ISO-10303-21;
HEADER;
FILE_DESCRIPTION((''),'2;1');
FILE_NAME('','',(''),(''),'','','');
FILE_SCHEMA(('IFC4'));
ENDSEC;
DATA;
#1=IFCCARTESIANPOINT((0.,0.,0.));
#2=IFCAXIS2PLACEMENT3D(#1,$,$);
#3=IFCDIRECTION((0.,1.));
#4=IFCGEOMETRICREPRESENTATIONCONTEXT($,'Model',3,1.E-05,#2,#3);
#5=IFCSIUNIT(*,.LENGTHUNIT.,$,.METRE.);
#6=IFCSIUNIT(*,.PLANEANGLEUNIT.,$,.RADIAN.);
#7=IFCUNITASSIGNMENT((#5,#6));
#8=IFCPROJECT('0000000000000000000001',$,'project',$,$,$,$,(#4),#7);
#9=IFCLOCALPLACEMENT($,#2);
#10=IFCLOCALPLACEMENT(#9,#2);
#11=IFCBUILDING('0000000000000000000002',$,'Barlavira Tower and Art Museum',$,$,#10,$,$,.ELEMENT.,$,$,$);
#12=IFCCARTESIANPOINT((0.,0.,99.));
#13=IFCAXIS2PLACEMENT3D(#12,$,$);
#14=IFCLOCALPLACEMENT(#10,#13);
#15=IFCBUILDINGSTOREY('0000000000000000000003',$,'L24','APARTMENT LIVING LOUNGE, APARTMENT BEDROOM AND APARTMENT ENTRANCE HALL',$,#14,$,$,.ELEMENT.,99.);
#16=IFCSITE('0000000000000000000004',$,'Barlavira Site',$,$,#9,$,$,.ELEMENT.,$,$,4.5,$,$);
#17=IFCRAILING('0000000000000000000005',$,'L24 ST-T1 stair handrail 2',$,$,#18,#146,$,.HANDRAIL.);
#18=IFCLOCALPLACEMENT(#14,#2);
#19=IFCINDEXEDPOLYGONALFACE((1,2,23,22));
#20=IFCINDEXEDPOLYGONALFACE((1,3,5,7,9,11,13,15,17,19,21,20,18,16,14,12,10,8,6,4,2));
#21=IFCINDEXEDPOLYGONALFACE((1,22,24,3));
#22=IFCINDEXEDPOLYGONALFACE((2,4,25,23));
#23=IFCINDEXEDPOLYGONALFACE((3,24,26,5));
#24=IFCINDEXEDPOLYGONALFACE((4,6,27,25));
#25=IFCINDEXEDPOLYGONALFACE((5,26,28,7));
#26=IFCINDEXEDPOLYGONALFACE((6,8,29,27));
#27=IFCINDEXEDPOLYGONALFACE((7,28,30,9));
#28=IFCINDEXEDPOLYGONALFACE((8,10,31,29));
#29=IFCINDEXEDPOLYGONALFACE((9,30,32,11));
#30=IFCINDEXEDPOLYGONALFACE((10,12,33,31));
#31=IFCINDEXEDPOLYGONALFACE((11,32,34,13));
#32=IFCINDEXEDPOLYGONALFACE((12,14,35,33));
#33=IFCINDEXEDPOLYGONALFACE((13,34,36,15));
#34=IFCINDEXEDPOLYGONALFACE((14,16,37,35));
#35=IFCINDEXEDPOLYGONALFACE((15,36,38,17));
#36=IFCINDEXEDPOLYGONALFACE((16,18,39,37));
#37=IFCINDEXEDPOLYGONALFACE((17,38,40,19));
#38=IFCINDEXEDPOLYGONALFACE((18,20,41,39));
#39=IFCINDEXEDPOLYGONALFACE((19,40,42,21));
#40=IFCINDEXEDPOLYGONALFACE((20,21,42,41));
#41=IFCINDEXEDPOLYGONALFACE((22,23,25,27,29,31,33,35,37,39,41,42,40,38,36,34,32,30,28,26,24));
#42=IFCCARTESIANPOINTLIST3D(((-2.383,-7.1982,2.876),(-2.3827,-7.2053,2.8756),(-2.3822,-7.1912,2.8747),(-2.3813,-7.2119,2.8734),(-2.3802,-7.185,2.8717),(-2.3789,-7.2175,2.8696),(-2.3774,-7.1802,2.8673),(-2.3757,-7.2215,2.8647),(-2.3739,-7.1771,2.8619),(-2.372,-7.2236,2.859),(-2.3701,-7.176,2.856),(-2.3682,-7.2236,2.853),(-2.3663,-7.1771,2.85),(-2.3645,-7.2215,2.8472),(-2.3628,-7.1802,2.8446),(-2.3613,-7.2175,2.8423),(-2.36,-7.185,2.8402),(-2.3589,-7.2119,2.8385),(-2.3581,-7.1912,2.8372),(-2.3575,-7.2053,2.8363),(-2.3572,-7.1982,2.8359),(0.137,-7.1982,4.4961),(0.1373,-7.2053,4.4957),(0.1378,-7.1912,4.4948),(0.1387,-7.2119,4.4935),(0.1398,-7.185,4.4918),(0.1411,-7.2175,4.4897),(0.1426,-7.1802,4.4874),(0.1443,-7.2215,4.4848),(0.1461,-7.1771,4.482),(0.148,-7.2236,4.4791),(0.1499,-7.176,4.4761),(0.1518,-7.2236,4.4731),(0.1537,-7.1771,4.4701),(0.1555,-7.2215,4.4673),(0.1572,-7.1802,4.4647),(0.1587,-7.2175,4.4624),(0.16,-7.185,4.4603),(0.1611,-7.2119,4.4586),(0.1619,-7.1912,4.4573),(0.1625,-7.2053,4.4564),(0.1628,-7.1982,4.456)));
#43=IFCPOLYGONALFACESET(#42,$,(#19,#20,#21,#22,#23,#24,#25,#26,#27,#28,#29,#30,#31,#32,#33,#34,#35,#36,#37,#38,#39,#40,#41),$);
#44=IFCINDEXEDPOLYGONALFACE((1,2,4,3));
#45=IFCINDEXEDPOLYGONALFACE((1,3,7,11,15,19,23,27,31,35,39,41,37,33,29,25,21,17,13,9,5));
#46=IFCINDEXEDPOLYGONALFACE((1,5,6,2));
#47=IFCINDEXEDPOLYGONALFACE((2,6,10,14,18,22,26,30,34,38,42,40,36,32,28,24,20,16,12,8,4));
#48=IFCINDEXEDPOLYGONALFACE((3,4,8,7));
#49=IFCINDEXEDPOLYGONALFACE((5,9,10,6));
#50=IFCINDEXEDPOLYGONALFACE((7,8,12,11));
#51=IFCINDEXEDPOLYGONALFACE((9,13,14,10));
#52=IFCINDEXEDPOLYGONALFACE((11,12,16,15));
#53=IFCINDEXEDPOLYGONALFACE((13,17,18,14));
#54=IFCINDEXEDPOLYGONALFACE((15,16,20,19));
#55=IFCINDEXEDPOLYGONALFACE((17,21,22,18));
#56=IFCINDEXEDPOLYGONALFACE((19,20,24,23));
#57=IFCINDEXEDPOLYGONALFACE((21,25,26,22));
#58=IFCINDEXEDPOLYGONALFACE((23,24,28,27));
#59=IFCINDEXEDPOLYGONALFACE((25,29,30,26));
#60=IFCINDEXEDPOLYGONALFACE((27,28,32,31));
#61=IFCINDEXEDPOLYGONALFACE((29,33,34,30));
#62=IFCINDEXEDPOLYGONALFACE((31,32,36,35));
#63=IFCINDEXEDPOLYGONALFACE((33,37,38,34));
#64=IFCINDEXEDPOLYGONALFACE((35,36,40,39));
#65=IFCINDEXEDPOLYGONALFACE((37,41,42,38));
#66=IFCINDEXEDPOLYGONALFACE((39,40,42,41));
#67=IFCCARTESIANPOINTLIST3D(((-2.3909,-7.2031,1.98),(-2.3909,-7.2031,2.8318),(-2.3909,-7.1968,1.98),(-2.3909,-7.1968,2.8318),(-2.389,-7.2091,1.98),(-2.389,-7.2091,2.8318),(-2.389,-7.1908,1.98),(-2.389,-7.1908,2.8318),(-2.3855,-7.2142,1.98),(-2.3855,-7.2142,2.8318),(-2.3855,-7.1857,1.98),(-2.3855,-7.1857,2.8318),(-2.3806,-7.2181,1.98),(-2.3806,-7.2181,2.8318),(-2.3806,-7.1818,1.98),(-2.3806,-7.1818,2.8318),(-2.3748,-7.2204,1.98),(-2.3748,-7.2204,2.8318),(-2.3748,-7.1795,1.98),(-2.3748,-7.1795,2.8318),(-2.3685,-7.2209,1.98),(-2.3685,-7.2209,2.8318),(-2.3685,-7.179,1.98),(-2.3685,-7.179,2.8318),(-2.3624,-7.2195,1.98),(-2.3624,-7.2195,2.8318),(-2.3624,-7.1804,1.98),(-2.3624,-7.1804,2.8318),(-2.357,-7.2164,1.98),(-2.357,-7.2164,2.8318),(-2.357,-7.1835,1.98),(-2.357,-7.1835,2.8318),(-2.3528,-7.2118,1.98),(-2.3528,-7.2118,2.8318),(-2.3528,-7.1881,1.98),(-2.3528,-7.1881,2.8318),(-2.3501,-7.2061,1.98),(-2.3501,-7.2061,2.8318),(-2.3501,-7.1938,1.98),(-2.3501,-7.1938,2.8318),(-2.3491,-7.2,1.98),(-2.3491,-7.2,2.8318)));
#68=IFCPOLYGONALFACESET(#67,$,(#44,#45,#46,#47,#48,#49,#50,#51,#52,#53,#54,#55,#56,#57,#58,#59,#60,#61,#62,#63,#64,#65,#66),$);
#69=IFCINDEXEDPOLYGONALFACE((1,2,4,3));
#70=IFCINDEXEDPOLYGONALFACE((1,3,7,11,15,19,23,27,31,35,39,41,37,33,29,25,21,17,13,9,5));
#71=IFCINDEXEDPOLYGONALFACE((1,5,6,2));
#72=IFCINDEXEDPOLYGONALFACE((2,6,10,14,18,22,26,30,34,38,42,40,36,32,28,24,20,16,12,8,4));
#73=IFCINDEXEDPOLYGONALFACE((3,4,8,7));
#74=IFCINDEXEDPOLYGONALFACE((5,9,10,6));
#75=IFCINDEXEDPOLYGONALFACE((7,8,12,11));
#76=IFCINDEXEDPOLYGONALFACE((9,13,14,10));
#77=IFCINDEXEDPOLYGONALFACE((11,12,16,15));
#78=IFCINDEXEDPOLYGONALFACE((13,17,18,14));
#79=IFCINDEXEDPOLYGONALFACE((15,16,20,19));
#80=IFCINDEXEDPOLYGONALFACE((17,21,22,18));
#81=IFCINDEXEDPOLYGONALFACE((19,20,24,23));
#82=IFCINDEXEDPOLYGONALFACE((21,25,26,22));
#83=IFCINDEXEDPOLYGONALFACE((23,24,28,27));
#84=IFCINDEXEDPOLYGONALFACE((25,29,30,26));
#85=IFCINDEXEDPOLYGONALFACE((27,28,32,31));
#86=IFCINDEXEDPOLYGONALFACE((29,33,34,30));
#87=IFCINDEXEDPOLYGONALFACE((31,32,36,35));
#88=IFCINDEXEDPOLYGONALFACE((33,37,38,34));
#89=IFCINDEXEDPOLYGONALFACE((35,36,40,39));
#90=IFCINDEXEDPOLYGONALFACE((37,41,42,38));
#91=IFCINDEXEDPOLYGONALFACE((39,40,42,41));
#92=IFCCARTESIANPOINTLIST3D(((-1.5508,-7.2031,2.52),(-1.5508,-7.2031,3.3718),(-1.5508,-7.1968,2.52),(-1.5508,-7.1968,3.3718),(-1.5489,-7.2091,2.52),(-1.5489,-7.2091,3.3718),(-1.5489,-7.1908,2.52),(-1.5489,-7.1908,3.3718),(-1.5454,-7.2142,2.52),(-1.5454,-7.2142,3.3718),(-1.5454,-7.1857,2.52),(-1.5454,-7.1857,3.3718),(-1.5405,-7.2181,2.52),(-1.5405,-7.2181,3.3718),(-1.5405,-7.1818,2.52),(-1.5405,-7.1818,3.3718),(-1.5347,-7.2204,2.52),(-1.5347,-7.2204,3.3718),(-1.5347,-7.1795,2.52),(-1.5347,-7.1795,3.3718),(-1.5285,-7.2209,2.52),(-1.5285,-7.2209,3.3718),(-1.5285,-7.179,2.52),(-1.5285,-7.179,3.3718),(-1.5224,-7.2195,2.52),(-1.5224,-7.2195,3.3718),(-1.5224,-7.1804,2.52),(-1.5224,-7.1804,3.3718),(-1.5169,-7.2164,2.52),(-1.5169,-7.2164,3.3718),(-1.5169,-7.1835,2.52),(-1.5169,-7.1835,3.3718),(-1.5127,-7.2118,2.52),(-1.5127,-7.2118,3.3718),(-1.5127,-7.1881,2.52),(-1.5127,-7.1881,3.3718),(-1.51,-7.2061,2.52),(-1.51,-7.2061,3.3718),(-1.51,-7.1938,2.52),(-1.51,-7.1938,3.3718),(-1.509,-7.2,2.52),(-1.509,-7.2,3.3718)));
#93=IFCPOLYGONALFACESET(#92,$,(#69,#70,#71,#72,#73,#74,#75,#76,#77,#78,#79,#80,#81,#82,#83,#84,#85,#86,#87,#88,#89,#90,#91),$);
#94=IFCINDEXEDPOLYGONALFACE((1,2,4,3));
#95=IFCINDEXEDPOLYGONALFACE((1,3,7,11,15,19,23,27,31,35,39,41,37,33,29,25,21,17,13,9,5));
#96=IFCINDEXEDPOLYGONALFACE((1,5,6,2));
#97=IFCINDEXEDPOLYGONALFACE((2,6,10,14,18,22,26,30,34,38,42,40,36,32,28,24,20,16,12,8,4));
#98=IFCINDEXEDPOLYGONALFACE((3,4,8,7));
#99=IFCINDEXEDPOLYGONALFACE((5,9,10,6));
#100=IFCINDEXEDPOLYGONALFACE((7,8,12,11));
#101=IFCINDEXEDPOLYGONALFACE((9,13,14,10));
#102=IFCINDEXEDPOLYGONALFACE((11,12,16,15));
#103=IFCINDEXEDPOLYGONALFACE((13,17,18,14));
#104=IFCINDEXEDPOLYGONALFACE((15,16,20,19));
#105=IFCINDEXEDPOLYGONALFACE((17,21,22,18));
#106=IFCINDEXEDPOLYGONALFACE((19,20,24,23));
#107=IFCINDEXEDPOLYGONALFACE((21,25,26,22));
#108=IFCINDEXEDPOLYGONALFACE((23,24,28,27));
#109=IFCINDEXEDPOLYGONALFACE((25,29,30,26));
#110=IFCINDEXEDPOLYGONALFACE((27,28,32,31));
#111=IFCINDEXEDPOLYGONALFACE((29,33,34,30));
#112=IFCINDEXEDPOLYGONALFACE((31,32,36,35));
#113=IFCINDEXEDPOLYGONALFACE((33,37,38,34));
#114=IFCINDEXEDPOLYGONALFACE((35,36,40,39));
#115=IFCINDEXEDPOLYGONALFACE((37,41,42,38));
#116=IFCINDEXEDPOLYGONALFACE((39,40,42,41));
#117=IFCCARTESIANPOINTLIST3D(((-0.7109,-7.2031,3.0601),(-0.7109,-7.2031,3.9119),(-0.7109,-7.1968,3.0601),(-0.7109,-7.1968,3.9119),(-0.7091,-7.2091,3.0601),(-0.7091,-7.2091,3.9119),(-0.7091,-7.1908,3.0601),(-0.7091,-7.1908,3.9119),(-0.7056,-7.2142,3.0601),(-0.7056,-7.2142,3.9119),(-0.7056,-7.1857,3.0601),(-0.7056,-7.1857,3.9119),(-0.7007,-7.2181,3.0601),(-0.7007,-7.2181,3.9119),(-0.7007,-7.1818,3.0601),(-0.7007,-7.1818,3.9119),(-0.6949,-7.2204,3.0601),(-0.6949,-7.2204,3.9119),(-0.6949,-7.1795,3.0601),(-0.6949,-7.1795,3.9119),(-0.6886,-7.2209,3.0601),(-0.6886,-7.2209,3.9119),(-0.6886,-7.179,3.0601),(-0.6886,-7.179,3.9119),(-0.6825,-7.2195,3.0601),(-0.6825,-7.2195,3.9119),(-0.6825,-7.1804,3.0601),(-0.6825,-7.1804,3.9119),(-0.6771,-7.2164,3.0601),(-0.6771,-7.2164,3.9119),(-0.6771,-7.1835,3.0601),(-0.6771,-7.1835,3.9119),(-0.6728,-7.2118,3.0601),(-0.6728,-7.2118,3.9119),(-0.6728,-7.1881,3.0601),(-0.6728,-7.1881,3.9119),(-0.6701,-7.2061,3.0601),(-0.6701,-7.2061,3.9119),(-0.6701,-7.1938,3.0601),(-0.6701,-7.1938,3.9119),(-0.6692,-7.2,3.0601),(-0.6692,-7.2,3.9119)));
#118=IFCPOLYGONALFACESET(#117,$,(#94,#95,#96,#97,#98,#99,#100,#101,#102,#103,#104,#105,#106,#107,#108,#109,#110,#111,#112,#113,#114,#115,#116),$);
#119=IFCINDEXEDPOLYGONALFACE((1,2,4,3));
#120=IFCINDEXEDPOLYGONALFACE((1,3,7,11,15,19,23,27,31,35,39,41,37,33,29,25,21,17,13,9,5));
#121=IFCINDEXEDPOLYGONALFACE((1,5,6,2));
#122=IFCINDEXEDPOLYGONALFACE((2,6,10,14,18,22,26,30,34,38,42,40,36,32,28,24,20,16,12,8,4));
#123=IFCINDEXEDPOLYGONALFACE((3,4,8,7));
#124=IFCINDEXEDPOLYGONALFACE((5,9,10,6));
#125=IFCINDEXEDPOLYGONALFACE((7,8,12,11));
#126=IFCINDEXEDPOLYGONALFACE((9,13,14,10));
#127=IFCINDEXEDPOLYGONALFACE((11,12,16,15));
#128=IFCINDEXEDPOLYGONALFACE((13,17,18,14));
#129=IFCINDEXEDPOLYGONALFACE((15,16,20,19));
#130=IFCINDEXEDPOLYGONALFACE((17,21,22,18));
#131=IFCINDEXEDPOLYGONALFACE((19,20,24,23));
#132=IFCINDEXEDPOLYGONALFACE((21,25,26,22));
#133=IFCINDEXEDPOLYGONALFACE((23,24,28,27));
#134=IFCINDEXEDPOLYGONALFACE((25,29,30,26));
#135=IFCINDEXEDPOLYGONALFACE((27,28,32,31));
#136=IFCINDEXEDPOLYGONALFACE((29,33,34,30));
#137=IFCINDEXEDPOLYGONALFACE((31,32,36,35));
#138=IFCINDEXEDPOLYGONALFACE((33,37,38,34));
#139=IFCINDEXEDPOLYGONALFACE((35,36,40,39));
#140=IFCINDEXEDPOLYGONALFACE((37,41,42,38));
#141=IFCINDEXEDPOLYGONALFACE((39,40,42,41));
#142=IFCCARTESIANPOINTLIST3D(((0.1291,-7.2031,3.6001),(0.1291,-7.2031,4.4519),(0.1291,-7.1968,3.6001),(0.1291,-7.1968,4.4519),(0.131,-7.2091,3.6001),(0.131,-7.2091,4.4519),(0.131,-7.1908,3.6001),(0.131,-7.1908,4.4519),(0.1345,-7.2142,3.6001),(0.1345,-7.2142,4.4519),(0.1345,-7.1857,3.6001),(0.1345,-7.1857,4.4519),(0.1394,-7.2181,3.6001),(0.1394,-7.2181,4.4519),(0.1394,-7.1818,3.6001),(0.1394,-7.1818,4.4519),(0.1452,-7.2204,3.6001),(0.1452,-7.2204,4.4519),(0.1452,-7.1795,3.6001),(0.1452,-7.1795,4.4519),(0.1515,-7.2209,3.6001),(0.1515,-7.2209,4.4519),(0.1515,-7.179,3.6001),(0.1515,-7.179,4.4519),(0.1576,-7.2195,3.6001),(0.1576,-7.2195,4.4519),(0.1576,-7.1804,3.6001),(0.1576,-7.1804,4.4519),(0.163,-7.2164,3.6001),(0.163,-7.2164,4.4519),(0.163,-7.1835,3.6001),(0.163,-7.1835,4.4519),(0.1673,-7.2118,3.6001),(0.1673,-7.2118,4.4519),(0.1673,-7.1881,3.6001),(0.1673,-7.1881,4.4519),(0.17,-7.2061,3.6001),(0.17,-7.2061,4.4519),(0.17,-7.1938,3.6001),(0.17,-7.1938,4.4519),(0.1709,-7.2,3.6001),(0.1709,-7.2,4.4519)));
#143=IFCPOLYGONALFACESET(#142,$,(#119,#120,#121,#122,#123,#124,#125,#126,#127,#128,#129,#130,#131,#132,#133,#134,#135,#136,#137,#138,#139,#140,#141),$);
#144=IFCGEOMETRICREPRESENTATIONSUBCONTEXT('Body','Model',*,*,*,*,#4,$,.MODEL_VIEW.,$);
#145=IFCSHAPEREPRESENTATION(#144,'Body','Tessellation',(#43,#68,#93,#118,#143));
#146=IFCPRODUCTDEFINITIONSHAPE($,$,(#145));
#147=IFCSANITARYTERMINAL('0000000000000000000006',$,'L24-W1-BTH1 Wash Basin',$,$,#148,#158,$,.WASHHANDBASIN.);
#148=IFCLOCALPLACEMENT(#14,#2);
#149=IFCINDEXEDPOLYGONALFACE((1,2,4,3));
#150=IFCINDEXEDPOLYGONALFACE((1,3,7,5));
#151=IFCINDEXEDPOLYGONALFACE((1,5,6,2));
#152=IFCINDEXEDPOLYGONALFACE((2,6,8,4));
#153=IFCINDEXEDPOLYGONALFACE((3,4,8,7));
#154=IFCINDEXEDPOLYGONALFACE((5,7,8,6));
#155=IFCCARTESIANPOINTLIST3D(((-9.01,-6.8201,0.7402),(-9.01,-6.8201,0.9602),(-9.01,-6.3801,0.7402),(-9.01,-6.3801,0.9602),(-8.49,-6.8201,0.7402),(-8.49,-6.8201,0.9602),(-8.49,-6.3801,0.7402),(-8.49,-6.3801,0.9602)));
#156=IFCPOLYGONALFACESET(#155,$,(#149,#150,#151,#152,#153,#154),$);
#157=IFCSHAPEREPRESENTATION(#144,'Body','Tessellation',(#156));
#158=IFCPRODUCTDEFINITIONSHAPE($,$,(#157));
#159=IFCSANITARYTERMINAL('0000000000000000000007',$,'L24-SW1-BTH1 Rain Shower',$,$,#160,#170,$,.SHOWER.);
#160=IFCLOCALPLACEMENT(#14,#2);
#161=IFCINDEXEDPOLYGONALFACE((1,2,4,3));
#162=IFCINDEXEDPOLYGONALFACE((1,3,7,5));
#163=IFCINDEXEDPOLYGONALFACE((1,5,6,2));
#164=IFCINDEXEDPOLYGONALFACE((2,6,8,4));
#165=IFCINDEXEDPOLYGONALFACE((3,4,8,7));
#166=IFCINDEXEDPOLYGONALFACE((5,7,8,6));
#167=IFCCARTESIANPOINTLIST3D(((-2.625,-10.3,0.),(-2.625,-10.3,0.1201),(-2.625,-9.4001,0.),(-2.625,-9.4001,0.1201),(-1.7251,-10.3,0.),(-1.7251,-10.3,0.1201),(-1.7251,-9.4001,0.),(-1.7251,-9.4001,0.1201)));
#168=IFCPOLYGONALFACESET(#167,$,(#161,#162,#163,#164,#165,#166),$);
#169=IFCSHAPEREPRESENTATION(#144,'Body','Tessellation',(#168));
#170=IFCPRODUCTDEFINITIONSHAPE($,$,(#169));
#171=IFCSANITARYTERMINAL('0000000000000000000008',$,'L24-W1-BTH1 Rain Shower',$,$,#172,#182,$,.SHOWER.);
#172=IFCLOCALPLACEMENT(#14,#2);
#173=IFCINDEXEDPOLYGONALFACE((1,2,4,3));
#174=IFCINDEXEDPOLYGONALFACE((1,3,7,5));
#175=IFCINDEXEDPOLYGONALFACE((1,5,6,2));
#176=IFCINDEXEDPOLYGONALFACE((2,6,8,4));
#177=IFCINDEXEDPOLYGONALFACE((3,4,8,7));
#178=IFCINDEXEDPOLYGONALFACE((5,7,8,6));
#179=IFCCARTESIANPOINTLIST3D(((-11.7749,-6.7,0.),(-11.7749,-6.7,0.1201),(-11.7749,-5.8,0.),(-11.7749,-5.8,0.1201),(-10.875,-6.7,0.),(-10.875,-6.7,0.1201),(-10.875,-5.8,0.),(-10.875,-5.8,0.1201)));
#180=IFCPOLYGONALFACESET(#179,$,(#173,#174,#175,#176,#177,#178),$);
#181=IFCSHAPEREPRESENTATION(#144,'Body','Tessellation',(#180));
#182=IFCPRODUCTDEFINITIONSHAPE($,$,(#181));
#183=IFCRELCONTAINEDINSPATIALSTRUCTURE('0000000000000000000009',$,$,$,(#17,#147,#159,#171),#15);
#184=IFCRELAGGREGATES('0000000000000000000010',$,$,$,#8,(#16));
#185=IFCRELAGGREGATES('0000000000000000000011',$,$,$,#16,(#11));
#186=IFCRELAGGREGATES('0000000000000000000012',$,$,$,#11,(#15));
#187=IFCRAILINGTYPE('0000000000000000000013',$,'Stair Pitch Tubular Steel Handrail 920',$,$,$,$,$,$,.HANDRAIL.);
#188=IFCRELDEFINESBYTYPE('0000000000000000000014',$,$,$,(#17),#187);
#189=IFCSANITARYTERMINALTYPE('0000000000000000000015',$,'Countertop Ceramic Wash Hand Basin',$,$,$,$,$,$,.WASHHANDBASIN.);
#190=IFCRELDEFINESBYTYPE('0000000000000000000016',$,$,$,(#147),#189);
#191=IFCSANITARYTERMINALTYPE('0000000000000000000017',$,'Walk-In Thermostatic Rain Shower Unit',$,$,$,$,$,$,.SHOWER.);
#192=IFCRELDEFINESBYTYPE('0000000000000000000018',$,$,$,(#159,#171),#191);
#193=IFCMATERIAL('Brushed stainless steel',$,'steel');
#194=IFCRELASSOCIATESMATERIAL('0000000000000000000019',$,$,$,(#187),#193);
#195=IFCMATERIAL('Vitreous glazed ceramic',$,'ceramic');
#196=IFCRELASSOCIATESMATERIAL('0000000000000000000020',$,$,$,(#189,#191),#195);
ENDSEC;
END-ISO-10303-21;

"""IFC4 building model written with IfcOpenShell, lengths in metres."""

from ifc_helpers import new_model, si_unit, direction, frame, origin, origin_2d, place, context, subcontext, project, spatial, rectangle, circle, extrude, material, type_object, element, save


model = new_model("IFC4")

# Units and contexts
model_context = context("Model", 3, precision=1e-05, world=origin(), true_north=direction((0.0, 1.0)))
body_context = subcontext(model_context, "Body", "Model", "MODEL_VIEW")
ifc_project = project(units=[si_unit("LENGTHUNIT", "METRE"), si_unit("PLANEANGLEUNIT", "RADIAN")], contexts=[model_context])

# Site, building, storey
site_placement = place(None, origin())
site = spatial("IfcSite", under=ifc_project, at=site_placement, Name="Barlavira Site", CompositionType="ELEMENT", RefElevation=4.5)
building_placement = place(site_placement, origin())
building = spatial("IfcBuilding", under=site, at=building_placement, Name="Barlavira Tower and Art Museum", CompositionType="ELEMENT")
storey_placement = place(building_placement, frame((0.0, 0.0, 99.0)))
storey = spatial("IfcBuildingStorey", under=building, at=storey_placement, Name="L24", Description="APARTMENT LIVING LOUNGE, APARTMENT BEDROOM AND APARTMENT ENTRANCE HALL", CompositionType="ELEMENT", Elevation=99.0)

# Shared definitions
ifc_material_1 = material(Name="Brushed stainless steel", Category="steel")

# Railing
railing_type_1 = type_object("IfcRailingType", Name="Stair Pitch Tubular Steel Handrail 920", PredefinedType="HANDRAIL", material=ifc_material_1)
railing_1_placement = place(storey_placement, frame((-2.3701, -7.2, 1.98)))
element("IfcRailing", 1, at=railing_1_placement, inside=storey, type_object=railing_type_1, Name="L24 ST-T1 stair handrail 2", PredefinedType="HANDRAIL", context=body_context, shape_type="SweptSolid", body=[
    extrude(circle(Radius=0.0239, at=origin_2d()), frame((0.0, 0.0, 0.876), z_axis=(0.841163, 0.0, 0.540782), x_axis=(0.0, 1.0, 0.0)), (0.0, 0.0, 1.0), 2.9958),
    extrude(circle(Radius=0.021, at=origin_2d()), origin(), (0.0, 0.0, 1.0), 0.8518),
    extrude(circle(Radius=0.021, at=origin_2d()), frame((0.8401, 0.0, 0.54)), (0.0, 0.0, 1.0), 0.8518),
    extrude(circle(Radius=0.021, at=origin_2d()), frame((1.6799, 0.0, 1.0801)), (0.0, 0.0, 1.0), 0.8518),
    extrude(circle(Radius=0.021, at=origin_2d()), frame((2.52, 0.0, 1.6201)), (0.0, 0.0, 1.0), 0.8518),
])

# Sanitary terminals
ifc_material_2 = material(Name="Vitreous glazed ceramic", Category="ceramic")
sanitary_terminal_type_1 = type_object("IfcSanitaryTerminalType", Name="Countertop Ceramic Wash Hand Basin", PredefinedType="WASHHANDBASIN", material=ifc_material_2)
sanitary_terminal_placement = place(storey_placement, frame((-8.75, -6.6001, 0.7402), z_axis=(0.0, 0.0, 1.0), x_axis=(1.0, 0.0, 0.0)))
element("IfcSanitaryTerminal", 2, at=sanitary_terminal_placement, inside=storey, type_object=sanitary_terminal_type_1, Name="L24-W1-BTH1 Wash Basin", PredefinedType="WASHHANDBASIN", context=body_context, shape_type="SweptSolid", body=[
    extrude(rectangle(XDim=0.52, YDim=0.4399, at=origin_2d()), origin(), (0.0, 0.0, 1.0), 0.22),
])
sanitary_terminal_type_2 = type_object("IfcSanitaryTerminalType", Name="Walk-In Thermostatic Rain Shower Unit", PredefinedType="SHOWER", material=ifc_material_2)
for number, where, z_axis, x_axis, name in (
    (3, (-2.175, -9.8501, 0.0), (0.0, 0.0, 1.0), (1.0, 0.0, 0.0), "L24-SW1-BTH1 Rain Shower"),
    (4, (-11.325, -6.25, 0.0), (0.0, 0.0, 1.0), (1.0, 0.0, 0.0), "L24-W1-BTH1 Rain Shower"),
):
    element("IfcSanitaryTerminal", number, at=place(storey_placement, frame(where, z_axis=z_axis, x_axis=x_axis)), inside=storey, type_object=sanitary_terminal_type_2, Name=name, PredefinedType="SHOWER", context=body_context, shape_type="SweptSolid", body=[
        extrude(rectangle(XDim=0.8999, YDim=0.8999, at=origin_2d()), origin(), (0.0, 0.0, 1.0), 0.1201),
    ])

save(model, "model.ifc")
